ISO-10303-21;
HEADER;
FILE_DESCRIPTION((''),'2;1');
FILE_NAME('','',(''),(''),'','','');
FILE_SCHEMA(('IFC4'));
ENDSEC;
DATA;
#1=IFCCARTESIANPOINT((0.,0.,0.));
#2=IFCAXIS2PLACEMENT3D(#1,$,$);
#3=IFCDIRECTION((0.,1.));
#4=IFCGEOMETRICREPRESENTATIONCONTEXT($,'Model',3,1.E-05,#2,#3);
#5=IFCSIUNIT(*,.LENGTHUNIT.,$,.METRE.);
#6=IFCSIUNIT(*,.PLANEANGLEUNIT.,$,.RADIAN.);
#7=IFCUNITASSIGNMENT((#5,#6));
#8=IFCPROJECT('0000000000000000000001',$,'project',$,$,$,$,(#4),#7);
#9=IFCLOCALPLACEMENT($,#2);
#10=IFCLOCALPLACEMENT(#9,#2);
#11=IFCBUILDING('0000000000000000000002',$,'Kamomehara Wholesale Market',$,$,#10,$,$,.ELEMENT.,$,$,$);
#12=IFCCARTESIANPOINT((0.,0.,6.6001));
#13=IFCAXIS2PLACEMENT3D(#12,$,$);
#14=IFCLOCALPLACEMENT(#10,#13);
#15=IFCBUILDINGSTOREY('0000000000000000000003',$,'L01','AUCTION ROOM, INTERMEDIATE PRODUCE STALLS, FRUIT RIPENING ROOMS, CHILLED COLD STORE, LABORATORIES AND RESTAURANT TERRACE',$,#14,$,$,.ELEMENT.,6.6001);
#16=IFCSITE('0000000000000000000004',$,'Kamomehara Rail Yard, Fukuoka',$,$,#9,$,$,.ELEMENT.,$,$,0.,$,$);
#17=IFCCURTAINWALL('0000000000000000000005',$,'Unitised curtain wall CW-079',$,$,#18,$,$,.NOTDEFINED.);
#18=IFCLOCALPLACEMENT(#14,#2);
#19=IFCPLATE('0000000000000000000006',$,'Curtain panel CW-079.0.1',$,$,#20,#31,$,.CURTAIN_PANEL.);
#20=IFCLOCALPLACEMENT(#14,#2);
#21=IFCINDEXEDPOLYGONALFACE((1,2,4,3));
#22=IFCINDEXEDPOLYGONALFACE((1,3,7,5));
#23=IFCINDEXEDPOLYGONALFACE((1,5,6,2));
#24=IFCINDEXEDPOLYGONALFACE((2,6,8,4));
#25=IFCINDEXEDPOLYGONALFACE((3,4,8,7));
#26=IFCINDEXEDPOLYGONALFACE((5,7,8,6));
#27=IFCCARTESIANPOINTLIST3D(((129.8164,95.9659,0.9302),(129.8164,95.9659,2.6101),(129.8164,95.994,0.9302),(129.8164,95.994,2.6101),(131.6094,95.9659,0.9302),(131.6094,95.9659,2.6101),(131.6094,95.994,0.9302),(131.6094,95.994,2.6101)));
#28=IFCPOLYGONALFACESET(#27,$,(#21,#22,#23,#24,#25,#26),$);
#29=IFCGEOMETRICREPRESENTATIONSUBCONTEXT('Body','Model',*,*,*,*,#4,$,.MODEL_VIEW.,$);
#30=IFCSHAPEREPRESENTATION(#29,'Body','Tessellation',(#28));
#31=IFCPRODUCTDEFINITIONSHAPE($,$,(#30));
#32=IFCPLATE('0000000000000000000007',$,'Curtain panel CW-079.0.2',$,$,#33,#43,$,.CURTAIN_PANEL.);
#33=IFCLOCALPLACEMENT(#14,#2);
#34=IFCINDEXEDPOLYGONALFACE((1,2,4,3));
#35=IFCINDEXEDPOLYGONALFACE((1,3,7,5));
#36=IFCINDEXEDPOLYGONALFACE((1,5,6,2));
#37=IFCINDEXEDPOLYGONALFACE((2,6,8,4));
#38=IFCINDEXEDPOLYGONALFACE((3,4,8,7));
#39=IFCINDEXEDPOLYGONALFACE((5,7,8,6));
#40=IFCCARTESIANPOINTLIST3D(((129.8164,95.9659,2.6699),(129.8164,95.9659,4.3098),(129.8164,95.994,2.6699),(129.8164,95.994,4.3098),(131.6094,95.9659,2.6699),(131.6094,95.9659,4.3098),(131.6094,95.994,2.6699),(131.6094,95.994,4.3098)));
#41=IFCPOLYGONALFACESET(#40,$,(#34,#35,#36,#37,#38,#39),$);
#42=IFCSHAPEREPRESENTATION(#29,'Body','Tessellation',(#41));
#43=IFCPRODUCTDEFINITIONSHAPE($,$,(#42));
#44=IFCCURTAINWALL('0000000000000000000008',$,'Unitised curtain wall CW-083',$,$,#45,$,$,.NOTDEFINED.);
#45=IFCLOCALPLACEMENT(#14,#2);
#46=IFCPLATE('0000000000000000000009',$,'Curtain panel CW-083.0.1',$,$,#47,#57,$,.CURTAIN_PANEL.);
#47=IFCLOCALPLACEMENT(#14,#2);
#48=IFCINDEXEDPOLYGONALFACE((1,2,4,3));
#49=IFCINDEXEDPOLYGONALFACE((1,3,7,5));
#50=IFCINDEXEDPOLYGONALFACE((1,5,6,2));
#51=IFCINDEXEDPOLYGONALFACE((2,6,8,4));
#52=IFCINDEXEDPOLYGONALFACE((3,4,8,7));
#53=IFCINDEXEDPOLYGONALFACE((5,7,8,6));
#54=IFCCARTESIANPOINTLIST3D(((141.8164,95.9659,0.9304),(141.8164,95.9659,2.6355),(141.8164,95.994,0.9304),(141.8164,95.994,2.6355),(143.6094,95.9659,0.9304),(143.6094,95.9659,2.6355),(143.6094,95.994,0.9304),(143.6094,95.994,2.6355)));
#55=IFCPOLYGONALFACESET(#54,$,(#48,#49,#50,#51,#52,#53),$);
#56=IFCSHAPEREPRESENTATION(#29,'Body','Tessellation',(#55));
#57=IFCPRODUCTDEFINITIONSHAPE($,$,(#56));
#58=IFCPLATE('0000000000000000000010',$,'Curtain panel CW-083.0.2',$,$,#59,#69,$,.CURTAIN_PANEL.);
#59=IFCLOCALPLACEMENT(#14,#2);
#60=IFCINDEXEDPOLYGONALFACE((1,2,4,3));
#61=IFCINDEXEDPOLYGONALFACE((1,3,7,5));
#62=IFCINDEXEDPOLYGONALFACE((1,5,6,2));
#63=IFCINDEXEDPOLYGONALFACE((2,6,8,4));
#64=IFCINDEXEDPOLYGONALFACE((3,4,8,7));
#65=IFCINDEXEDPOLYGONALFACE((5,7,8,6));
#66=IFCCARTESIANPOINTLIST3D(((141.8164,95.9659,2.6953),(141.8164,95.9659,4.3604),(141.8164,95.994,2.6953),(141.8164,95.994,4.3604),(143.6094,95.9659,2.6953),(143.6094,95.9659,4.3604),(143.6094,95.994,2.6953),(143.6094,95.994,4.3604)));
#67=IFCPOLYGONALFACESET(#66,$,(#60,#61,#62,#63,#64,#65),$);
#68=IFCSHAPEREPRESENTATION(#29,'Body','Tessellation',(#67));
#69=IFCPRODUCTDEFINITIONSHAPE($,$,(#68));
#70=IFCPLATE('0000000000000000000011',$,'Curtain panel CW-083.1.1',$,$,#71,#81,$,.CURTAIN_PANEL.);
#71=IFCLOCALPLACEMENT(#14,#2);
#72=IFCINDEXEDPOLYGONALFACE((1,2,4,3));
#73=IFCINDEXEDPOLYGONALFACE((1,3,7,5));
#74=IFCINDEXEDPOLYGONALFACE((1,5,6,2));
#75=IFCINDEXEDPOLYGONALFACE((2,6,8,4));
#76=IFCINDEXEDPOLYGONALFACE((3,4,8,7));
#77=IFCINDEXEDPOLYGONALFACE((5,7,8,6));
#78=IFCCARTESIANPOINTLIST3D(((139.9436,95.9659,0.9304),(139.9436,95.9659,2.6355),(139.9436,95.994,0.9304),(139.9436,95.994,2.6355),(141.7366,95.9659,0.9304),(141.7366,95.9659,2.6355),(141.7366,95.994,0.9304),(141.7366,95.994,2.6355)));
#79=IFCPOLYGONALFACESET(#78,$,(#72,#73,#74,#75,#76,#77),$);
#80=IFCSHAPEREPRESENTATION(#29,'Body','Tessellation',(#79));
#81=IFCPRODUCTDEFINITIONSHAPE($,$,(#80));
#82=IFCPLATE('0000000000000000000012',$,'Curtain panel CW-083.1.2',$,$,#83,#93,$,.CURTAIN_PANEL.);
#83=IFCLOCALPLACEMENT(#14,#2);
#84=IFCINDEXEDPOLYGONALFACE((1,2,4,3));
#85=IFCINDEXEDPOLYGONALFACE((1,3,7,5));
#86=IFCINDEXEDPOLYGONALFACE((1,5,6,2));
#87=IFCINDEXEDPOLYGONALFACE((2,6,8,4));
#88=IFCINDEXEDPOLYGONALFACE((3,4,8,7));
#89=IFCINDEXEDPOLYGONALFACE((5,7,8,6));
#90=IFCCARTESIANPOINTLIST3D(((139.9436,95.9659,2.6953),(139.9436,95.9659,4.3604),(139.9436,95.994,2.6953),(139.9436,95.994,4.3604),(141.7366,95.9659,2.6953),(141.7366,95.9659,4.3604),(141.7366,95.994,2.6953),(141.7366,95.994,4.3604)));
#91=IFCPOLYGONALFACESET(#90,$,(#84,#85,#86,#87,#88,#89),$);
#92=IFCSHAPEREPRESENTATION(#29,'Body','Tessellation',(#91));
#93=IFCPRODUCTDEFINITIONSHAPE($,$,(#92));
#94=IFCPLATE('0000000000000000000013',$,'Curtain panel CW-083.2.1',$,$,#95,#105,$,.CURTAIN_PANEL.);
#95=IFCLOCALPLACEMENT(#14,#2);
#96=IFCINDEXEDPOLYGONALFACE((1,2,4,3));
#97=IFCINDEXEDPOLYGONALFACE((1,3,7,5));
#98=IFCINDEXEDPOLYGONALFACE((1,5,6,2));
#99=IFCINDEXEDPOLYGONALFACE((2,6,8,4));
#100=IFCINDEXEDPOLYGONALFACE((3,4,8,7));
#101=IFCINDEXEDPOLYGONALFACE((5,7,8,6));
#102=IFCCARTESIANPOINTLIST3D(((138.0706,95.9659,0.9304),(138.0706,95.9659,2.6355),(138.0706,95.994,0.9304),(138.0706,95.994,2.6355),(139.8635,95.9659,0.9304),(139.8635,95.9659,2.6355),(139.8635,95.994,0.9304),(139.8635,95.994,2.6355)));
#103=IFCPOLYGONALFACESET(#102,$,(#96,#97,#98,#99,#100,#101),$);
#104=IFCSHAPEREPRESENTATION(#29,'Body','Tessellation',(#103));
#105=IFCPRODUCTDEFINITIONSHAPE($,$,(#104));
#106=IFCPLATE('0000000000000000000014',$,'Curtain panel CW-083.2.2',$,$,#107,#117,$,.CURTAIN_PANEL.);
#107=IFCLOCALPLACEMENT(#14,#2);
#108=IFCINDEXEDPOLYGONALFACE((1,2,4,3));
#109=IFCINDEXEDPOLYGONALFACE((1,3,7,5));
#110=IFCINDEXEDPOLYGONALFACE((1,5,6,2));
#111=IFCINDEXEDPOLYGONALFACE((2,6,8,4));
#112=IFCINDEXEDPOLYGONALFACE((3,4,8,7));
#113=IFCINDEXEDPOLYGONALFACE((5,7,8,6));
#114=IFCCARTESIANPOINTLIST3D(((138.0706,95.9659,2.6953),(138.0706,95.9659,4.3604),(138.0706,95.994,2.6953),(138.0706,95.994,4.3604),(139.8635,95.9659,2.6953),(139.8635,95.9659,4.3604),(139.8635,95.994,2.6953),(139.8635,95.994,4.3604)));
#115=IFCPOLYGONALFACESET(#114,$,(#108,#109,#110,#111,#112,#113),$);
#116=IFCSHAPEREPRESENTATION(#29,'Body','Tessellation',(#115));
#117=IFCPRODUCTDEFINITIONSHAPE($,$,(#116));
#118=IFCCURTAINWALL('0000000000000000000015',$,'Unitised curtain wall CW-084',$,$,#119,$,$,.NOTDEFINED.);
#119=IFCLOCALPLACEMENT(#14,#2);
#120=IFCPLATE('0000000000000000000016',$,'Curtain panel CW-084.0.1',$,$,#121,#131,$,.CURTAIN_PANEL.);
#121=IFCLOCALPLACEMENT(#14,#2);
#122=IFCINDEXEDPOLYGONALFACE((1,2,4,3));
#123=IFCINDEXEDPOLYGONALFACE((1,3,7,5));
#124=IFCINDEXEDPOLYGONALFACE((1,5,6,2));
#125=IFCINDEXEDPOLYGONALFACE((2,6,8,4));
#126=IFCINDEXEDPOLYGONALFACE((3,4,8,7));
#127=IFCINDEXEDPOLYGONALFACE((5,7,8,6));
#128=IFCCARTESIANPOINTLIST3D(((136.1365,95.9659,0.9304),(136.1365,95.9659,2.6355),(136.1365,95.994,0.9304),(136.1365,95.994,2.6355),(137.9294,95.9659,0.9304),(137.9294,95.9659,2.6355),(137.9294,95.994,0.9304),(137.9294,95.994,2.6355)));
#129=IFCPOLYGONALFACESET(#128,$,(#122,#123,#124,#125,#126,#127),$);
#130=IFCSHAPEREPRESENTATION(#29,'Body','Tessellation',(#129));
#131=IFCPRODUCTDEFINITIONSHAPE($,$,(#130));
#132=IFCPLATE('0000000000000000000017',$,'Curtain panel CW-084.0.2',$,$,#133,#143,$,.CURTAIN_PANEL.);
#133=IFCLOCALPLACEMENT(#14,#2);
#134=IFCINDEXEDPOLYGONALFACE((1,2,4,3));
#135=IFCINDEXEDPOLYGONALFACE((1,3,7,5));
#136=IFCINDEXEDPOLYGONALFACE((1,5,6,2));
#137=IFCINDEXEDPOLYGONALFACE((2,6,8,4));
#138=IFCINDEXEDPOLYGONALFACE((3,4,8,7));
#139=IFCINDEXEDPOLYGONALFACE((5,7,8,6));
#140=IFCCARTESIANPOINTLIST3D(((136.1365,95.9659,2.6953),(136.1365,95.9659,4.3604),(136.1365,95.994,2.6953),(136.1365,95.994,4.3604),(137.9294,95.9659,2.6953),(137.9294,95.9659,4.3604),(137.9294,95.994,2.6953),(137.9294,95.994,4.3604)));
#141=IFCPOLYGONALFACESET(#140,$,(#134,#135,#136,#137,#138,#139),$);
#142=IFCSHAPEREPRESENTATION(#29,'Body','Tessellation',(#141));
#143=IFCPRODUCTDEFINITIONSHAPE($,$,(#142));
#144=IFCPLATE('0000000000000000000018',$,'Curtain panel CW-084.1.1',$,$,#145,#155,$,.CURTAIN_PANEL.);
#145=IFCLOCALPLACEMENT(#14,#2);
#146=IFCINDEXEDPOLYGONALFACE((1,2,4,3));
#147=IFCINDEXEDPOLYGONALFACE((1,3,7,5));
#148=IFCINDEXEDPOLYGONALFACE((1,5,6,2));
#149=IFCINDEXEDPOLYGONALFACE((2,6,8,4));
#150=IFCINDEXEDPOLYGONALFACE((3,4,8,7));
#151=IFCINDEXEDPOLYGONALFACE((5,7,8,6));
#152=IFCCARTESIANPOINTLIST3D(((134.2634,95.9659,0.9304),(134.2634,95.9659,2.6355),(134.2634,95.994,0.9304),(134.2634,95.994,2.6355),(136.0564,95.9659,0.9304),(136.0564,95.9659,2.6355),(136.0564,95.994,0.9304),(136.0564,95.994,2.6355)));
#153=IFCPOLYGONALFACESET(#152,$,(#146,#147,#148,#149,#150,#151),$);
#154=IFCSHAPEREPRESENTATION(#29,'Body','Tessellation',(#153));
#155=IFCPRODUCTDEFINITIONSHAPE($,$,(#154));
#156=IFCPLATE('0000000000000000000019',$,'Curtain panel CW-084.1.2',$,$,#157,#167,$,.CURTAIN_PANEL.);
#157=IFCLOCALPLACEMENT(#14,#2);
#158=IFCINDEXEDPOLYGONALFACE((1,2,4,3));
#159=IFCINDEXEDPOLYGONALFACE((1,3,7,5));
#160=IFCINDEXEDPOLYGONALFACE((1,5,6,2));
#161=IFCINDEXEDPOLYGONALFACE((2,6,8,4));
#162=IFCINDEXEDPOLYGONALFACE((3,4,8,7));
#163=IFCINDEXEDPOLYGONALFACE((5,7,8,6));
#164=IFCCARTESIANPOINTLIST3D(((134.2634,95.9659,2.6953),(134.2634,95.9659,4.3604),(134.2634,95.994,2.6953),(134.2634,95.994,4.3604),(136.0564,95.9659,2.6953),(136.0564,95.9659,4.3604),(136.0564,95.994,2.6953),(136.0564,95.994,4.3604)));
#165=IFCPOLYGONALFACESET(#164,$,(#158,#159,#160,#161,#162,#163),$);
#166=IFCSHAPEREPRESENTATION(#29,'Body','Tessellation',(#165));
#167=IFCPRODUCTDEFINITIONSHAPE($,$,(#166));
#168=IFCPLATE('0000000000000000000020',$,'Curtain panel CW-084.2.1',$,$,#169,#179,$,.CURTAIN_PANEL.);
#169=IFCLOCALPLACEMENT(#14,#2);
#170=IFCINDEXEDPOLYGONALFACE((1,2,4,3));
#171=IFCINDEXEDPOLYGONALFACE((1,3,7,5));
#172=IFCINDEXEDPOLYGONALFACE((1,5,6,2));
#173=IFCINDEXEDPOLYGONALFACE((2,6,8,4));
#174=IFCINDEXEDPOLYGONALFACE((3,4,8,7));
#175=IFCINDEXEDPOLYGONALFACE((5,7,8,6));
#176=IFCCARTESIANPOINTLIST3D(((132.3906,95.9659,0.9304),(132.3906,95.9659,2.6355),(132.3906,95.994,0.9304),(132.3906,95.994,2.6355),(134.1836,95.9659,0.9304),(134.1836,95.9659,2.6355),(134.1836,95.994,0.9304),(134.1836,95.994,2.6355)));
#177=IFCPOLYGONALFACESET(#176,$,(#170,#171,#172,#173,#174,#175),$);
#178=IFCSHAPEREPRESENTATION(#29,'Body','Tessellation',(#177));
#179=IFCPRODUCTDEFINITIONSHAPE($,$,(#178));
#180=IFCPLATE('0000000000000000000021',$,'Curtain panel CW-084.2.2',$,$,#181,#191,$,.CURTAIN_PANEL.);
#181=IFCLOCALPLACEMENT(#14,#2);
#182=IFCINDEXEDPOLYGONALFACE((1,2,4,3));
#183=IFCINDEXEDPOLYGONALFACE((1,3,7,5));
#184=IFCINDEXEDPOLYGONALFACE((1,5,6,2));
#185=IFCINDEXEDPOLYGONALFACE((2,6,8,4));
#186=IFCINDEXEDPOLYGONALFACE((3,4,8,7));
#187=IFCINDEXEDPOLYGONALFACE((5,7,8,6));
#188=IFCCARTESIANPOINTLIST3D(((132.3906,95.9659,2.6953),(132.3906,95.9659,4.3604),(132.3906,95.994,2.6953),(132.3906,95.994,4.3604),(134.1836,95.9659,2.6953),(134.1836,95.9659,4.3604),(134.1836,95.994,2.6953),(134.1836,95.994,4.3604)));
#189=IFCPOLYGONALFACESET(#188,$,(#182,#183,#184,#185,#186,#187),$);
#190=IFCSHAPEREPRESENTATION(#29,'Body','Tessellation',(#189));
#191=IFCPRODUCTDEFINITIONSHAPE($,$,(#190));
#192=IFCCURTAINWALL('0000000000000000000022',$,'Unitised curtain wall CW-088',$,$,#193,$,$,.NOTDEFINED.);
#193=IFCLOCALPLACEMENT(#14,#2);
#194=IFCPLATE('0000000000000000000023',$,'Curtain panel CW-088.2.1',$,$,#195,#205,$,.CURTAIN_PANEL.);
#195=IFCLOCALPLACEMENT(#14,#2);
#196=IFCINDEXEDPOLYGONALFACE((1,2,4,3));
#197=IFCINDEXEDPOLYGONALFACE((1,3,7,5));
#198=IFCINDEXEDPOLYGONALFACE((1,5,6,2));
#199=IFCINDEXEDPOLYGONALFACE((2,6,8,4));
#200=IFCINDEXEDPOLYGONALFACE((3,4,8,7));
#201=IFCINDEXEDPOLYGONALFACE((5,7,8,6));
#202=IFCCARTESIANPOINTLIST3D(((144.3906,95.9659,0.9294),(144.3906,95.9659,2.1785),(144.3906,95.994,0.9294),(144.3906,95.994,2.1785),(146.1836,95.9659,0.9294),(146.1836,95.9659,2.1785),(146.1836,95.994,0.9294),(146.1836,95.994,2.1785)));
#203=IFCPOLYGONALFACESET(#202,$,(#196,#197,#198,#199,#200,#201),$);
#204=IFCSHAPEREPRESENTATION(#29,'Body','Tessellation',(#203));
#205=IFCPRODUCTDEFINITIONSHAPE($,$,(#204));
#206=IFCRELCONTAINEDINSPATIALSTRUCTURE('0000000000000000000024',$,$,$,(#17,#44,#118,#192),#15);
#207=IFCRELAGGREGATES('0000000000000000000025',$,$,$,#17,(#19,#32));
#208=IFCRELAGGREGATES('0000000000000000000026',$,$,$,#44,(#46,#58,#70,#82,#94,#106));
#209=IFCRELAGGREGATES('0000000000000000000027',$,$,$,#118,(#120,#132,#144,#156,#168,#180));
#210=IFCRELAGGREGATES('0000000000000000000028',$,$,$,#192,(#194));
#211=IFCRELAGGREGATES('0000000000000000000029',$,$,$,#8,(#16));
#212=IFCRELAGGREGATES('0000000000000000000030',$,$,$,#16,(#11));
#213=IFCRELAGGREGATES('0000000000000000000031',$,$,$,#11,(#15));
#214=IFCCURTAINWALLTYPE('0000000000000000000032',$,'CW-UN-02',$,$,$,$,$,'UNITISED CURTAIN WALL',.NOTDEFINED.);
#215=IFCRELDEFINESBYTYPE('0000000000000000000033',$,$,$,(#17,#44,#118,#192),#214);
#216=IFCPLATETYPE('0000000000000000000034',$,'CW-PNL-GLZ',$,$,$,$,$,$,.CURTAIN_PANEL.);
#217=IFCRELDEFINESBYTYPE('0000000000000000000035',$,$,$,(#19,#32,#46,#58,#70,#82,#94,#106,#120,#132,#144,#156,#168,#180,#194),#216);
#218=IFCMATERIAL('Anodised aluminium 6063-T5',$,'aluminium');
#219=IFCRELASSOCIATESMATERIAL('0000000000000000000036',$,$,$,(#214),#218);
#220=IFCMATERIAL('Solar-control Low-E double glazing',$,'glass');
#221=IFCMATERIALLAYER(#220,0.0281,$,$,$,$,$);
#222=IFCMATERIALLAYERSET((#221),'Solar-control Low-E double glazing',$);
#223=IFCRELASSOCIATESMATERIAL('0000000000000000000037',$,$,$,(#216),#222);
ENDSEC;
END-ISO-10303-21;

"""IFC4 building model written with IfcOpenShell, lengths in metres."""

from ifc_helpers import new_model, si_unit, direction, frame, origin, origin_2d, place, context, subcontext, project, spatial, rectangle, extrude, material, layer, layer_set, type_object, element, aggregate, save


model = new_model("IFC4")

# Units and contexts
model_context = context("Model", 3, precision=1e-05, world=origin(), true_north=direction((0.0, 1.0)))
body_context = subcontext(model_context, "Body", "Model", "MODEL_VIEW")
ifc_project = project(units=[si_unit("LENGTHUNIT", "METRE"), si_unit("PLANEANGLEUNIT", "RADIAN")], contexts=[model_context])

# Site, building, storey
site_placement = place(None, origin())
site = spatial("IfcSite", under=ifc_project, at=site_placement, Name="Kamomehara Rail Yard, Fukuoka", CompositionType="ELEMENT", RefElevation=0.0)
building_placement = place(site_placement, origin())
building = spatial("IfcBuilding", under=site, at=building_placement, Name="Kamomehara Wholesale Market", CompositionType="ELEMENT")
storey_placement = place(building_placement, frame((0.0, 0.0, 6.6001)))
storey = spatial("IfcBuildingStorey", under=building, at=storey_placement, Name="L01", Description="AUCTION ROOM, INTERMEDIATE PRODUCE STALLS, FRUIT RIPENING ROOMS, CHILLED COLD STORE, LABORATORIES AND RESTAURANT TERRACE", CompositionType="ELEMENT", Elevation=6.6001)

# Curtain walls, plates
ifc_material_1 = material(Name="Anodised aluminium 6063-T5", Category="aluminium")
curtain_wall_type = type_object("IfcCurtainWallType", Name="CW-UN-02", ElementType="UNITISED CURTAIN WALL", PredefinedType="NOTDEFINED", material=ifc_material_1)
curtain_wall_1_placement = place(storey_placement, origin())
curtain_wall_1 = element("IfcCurtainWall", 1, at=curtain_wall_1_placement, inside=storey, type_object=curtain_wall_type, Name="Unitised curtain wall CW-079", PredefinedType="NOTDEFINED")
ifc_material_2 = material(Name="Solar-control Low-E double glazing", Category="glass")
ifc_layer_1 = layer(ifc_material_2, 0.0281)
ifc_layer_set_1 = layer_set([ifc_layer_1], Name="Solar-control Low-E double glazing")
plate_type_1 = type_object("IfcPlateType", Name="CW-PNL-GLZ", PredefinedType="CURTAIN_PANEL", material=ifc_layer_set_1)
plate_1_placement = place(storey_placement, frame((130.7129, 95.98, 0.9302), z_axis=(0.0, 0.0, 1.0), x_axis=(-1.0, 0.0, 0.0)))
plate_1 = element("IfcPlate", 2, at=plate_1_placement, type_object=plate_type_1, Name="Curtain panel CW-079.0.1", PredefinedType="CURTAIN_PANEL", context=body_context, shape_type="SweptSolid", body=[
    extrude(rectangle(XDim=1.793, YDim=0.0281, at=origin_2d()), origin(), (0.0, 0.0, 1.0), 1.6799),
])
plate_2_placement = place(storey_placement, frame((130.7129, 95.98, 2.6699), z_axis=(0.0, 0.0, 1.0), x_axis=(-1.0, 0.0, 0.0)))
plate_2 = element("IfcPlate", 3, at=plate_2_placement, type_object=plate_type_1, Name="Curtain panel CW-079.0.2", PredefinedType="CURTAIN_PANEL", context=body_context, shape_type="SweptSolid", body=[
    extrude(rectangle(XDim=1.793, YDim=0.0281, at=origin_2d()), origin(), (0.0, 0.0, 1.0), 1.6399),
])
curtain_wall_2_placement = place(storey_placement, origin())
curtain_wall_2 = element("IfcCurtainWall", 4, at=curtain_wall_2_placement, inside=storey, type_object=curtain_wall_type, Name="Unitised curtain wall CW-083", PredefinedType="NOTDEFINED")
plate_3_placement = place(storey_placement, frame((142.7129, 95.98, 0.9304), z_axis=(0.0, 0.0, 1.0), x_axis=(-1.0, 0.0, 0.0)))
plate_3 = element("IfcPlate", 5, at=plate_3_placement, type_object=plate_type_1, Name="Curtain panel CW-083.0.1", PredefinedType="CURTAIN_PANEL", context=body_context, shape_type="SweptSolid", body=[
    extrude(rectangle(XDim=1.793, YDim=0.0281, at=origin_2d()), origin(), (0.0, 0.0, 1.0), 1.7051),
])
plate_4_placement = place(storey_placement, frame((142.7129, 95.98, 2.6953), z_axis=(0.0, 0.0, 1.0), x_axis=(-1.0, 0.0, 0.0)))
plate_4 = element("IfcPlate", 6, at=plate_4_placement, type_object=plate_type_1, Name="Curtain panel CW-083.0.2", PredefinedType="CURTAIN_PANEL", context=body_context, shape_type="SweptSolid", body=[
    extrude(rectangle(XDim=1.793, YDim=0.0281, at=origin_2d()), origin(), (0.0, 0.0, 1.0), 1.665),
])
plate_5_placement = place(storey_placement, frame((140.8401, 95.98, 0.9304), z_axis=(0.0, 0.0, 1.0), x_axis=(-1.0, 0.0, 0.0)))
plate_5 = element("IfcPlate", 7, at=plate_5_placement, type_object=plate_type_1, Name="Curtain panel CW-083.1.1", PredefinedType="CURTAIN_PANEL", context=body_context, shape_type="SweptSolid", body=[
    extrude(rectangle(XDim=1.793, YDim=0.0281, at=origin_2d()), origin(), (0.0, 0.0, 1.0), 1.7051),
])
plate_6_placement = place(storey_placement, frame((140.8401, 95.98, 2.6953), z_axis=(0.0, 0.0, 1.0), x_axis=(-1.0, 0.0, 0.0)))
plate_6 = element("IfcPlate", 8, at=plate_6_placement, type_object=plate_type_1, Name="Curtain panel CW-083.1.2", PredefinedType="CURTAIN_PANEL", context=body_context, shape_type="SweptSolid", body=[
    extrude(rectangle(XDim=1.793, YDim=0.0281, at=origin_2d()), origin(), (0.0, 0.0, 1.0), 1.665),
])
plate_7_placement = place(storey_placement, frame((138.967, 95.98, 0.9304), z_axis=(0.0, 0.0, 1.0), x_axis=(-1.0, 0.0, 0.0)))
plate_7 = element("IfcPlate", 9, at=plate_7_placement, type_object=plate_type_1, Name="Curtain panel CW-083.2.1", PredefinedType="CURTAIN_PANEL", context=body_context, shape_type="SweptSolid", body=[
    extrude(rectangle(XDim=1.793, YDim=0.0281, at=origin_2d()), origin(), (0.0, 0.0, 1.0), 1.7051),
])
plate_8_placement = place(storey_placement, frame((138.967, 95.98, 2.6953), z_axis=(0.0, 0.0, 1.0), x_axis=(-1.0, 0.0, 0.0)))
plate_8 = element("IfcPlate", 10, at=plate_8_placement, type_object=plate_type_1, Name="Curtain panel CW-083.2.2", PredefinedType="CURTAIN_PANEL", context=body_context, shape_type="SweptSolid", body=[
    extrude(rectangle(XDim=1.793, YDim=0.0281, at=origin_2d()), origin(), (0.0, 0.0, 1.0), 1.665),
])
curtain_wall_3_placement = place(storey_placement, origin())
curtain_wall_3 = element("IfcCurtainWall", 11, at=curtain_wall_3_placement, inside=storey, type_object=curtain_wall_type, Name="Unitised curtain wall CW-084", PredefinedType="NOTDEFINED")
plate_9_placement = place(storey_placement, frame((137.033, 95.98, 0.9304), z_axis=(0.0, 0.0, 1.0), x_axis=(-1.0, 0.0, 0.0)))
plate_9 = element("IfcPlate", 12, at=plate_9_placement, type_object=plate_type_1, Name="Curtain panel CW-084.0.1", PredefinedType="CURTAIN_PANEL", context=body_context, shape_type="SweptSolid", body=[
    extrude(rectangle(XDim=1.793, YDim=0.0281, at=origin_2d()), origin(), (0.0, 0.0, 1.0), 1.7051),
])
plate_10_placement = place(storey_placement, frame((137.033, 95.98, 2.6953), z_axis=(0.0, 0.0, 1.0), x_axis=(-1.0, 0.0, 0.0)))
plate_10 = element("IfcPlate", 13, at=plate_10_placement, type_object=plate_type_1, Name="Curtain panel CW-084.0.2", PredefinedType="CURTAIN_PANEL", context=body_context, shape_type="SweptSolid", body=[
    extrude(rectangle(XDim=1.793, YDim=0.0281, at=origin_2d()), origin(), (0.0, 0.0, 1.0), 1.665),
])
plate_11_placement = place(storey_placement, frame((135.1599, 95.98, 0.9304), z_axis=(0.0, 0.0, 1.0), x_axis=(-1.0, 0.0, 0.0)))
plate_11 = element("IfcPlate", 14, at=plate_11_placement, type_object=plate_type_1, Name="Curtain panel CW-084.1.1", PredefinedType="CURTAIN_PANEL", context=body_context, shape_type="SweptSolid", body=[
    extrude(rectangle(XDim=1.793, YDim=0.0281, at=origin_2d()), origin(), (0.0, 0.0, 1.0), 1.7051),
])
plate_12_placement = place(storey_placement, frame((135.1599, 95.98, 2.6953), z_axis=(0.0, 0.0, 1.0), x_axis=(-1.0, 0.0, 0.0)))
plate_12 = element("IfcPlate", 15, at=plate_12_placement, type_object=plate_type_1, Name="Curtain panel CW-084.1.2", PredefinedType="CURTAIN_PANEL", context=body_context, shape_type="SweptSolid", body=[
    extrude(rectangle(XDim=1.793, YDim=0.0281, at=origin_2d()), origin(), (0.0, 0.0, 1.0), 1.665),
])
plate_13_placement = place(storey_placement, frame((133.2871, 95.98, 0.9304), z_axis=(0.0, 0.0, 1.0), x_axis=(-1.0, 0.0, 0.0)))
plate_13 = element("IfcPlate", 16, at=plate_13_placement, type_object=plate_type_1, Name="Curtain panel CW-084.2.1", PredefinedType="CURTAIN_PANEL", context=body_context, shape_type="SweptSolid", body=[
    extrude(rectangle(XDim=1.793, YDim=0.0281, at=origin_2d()), origin(), (0.0, 0.0, 1.0), 1.7051),
])
plate_14_placement = place(storey_placement, frame((133.2871, 95.98, 2.6953), z_axis=(0.0, 0.0, 1.0), x_axis=(-1.0, 0.0, 0.0)))
plate_14 = element("IfcPlate", 17, at=plate_14_placement, type_object=plate_type_1, Name="Curtain panel CW-084.2.2", PredefinedType="CURTAIN_PANEL", context=body_context, shape_type="SweptSolid", body=[
    extrude(rectangle(XDim=1.793, YDim=0.0281, at=origin_2d()), origin(), (0.0, 0.0, 1.0), 1.665),
])
curtain_wall_4_placement = place(storey_placement, origin())
curtain_wall_4 = element("IfcCurtainWall", 18, at=curtain_wall_4_placement, inside=storey, type_object=curtain_wall_type, Name="Unitised curtain wall CW-088", PredefinedType="NOTDEFINED")
plate_15_placement = place(storey_placement, frame((145.2871, 95.98, 0.9294), z_axis=(0.0, 0.0, 1.0), x_axis=(-1.0, 0.0, 0.0)))
plate_15 = element("IfcPlate", 19, at=plate_15_placement, type_object=plate_type_1, Name="Curtain panel CW-088.2.1", PredefinedType="CURTAIN_PANEL", context=body_context, shape_type="SweptSolid", body=[
    extrude(rectangle(XDim=1.793, YDim=0.0281, at=origin_2d()), origin(), (0.0, 0.0, 1.0), 1.249),
])

aggregate(curtain_wall_1, [plate_1, plate_2])
aggregate(curtain_wall_2, [plate_3, plate_4, plate_5, plate_6, plate_7, plate_8])
aggregate(curtain_wall_3, [plate_9, plate_10, plate_11, plate_12, plate_13, plate_14])
aggregate(curtain_wall_4, [plate_15])

save(model, "model.ifc")
